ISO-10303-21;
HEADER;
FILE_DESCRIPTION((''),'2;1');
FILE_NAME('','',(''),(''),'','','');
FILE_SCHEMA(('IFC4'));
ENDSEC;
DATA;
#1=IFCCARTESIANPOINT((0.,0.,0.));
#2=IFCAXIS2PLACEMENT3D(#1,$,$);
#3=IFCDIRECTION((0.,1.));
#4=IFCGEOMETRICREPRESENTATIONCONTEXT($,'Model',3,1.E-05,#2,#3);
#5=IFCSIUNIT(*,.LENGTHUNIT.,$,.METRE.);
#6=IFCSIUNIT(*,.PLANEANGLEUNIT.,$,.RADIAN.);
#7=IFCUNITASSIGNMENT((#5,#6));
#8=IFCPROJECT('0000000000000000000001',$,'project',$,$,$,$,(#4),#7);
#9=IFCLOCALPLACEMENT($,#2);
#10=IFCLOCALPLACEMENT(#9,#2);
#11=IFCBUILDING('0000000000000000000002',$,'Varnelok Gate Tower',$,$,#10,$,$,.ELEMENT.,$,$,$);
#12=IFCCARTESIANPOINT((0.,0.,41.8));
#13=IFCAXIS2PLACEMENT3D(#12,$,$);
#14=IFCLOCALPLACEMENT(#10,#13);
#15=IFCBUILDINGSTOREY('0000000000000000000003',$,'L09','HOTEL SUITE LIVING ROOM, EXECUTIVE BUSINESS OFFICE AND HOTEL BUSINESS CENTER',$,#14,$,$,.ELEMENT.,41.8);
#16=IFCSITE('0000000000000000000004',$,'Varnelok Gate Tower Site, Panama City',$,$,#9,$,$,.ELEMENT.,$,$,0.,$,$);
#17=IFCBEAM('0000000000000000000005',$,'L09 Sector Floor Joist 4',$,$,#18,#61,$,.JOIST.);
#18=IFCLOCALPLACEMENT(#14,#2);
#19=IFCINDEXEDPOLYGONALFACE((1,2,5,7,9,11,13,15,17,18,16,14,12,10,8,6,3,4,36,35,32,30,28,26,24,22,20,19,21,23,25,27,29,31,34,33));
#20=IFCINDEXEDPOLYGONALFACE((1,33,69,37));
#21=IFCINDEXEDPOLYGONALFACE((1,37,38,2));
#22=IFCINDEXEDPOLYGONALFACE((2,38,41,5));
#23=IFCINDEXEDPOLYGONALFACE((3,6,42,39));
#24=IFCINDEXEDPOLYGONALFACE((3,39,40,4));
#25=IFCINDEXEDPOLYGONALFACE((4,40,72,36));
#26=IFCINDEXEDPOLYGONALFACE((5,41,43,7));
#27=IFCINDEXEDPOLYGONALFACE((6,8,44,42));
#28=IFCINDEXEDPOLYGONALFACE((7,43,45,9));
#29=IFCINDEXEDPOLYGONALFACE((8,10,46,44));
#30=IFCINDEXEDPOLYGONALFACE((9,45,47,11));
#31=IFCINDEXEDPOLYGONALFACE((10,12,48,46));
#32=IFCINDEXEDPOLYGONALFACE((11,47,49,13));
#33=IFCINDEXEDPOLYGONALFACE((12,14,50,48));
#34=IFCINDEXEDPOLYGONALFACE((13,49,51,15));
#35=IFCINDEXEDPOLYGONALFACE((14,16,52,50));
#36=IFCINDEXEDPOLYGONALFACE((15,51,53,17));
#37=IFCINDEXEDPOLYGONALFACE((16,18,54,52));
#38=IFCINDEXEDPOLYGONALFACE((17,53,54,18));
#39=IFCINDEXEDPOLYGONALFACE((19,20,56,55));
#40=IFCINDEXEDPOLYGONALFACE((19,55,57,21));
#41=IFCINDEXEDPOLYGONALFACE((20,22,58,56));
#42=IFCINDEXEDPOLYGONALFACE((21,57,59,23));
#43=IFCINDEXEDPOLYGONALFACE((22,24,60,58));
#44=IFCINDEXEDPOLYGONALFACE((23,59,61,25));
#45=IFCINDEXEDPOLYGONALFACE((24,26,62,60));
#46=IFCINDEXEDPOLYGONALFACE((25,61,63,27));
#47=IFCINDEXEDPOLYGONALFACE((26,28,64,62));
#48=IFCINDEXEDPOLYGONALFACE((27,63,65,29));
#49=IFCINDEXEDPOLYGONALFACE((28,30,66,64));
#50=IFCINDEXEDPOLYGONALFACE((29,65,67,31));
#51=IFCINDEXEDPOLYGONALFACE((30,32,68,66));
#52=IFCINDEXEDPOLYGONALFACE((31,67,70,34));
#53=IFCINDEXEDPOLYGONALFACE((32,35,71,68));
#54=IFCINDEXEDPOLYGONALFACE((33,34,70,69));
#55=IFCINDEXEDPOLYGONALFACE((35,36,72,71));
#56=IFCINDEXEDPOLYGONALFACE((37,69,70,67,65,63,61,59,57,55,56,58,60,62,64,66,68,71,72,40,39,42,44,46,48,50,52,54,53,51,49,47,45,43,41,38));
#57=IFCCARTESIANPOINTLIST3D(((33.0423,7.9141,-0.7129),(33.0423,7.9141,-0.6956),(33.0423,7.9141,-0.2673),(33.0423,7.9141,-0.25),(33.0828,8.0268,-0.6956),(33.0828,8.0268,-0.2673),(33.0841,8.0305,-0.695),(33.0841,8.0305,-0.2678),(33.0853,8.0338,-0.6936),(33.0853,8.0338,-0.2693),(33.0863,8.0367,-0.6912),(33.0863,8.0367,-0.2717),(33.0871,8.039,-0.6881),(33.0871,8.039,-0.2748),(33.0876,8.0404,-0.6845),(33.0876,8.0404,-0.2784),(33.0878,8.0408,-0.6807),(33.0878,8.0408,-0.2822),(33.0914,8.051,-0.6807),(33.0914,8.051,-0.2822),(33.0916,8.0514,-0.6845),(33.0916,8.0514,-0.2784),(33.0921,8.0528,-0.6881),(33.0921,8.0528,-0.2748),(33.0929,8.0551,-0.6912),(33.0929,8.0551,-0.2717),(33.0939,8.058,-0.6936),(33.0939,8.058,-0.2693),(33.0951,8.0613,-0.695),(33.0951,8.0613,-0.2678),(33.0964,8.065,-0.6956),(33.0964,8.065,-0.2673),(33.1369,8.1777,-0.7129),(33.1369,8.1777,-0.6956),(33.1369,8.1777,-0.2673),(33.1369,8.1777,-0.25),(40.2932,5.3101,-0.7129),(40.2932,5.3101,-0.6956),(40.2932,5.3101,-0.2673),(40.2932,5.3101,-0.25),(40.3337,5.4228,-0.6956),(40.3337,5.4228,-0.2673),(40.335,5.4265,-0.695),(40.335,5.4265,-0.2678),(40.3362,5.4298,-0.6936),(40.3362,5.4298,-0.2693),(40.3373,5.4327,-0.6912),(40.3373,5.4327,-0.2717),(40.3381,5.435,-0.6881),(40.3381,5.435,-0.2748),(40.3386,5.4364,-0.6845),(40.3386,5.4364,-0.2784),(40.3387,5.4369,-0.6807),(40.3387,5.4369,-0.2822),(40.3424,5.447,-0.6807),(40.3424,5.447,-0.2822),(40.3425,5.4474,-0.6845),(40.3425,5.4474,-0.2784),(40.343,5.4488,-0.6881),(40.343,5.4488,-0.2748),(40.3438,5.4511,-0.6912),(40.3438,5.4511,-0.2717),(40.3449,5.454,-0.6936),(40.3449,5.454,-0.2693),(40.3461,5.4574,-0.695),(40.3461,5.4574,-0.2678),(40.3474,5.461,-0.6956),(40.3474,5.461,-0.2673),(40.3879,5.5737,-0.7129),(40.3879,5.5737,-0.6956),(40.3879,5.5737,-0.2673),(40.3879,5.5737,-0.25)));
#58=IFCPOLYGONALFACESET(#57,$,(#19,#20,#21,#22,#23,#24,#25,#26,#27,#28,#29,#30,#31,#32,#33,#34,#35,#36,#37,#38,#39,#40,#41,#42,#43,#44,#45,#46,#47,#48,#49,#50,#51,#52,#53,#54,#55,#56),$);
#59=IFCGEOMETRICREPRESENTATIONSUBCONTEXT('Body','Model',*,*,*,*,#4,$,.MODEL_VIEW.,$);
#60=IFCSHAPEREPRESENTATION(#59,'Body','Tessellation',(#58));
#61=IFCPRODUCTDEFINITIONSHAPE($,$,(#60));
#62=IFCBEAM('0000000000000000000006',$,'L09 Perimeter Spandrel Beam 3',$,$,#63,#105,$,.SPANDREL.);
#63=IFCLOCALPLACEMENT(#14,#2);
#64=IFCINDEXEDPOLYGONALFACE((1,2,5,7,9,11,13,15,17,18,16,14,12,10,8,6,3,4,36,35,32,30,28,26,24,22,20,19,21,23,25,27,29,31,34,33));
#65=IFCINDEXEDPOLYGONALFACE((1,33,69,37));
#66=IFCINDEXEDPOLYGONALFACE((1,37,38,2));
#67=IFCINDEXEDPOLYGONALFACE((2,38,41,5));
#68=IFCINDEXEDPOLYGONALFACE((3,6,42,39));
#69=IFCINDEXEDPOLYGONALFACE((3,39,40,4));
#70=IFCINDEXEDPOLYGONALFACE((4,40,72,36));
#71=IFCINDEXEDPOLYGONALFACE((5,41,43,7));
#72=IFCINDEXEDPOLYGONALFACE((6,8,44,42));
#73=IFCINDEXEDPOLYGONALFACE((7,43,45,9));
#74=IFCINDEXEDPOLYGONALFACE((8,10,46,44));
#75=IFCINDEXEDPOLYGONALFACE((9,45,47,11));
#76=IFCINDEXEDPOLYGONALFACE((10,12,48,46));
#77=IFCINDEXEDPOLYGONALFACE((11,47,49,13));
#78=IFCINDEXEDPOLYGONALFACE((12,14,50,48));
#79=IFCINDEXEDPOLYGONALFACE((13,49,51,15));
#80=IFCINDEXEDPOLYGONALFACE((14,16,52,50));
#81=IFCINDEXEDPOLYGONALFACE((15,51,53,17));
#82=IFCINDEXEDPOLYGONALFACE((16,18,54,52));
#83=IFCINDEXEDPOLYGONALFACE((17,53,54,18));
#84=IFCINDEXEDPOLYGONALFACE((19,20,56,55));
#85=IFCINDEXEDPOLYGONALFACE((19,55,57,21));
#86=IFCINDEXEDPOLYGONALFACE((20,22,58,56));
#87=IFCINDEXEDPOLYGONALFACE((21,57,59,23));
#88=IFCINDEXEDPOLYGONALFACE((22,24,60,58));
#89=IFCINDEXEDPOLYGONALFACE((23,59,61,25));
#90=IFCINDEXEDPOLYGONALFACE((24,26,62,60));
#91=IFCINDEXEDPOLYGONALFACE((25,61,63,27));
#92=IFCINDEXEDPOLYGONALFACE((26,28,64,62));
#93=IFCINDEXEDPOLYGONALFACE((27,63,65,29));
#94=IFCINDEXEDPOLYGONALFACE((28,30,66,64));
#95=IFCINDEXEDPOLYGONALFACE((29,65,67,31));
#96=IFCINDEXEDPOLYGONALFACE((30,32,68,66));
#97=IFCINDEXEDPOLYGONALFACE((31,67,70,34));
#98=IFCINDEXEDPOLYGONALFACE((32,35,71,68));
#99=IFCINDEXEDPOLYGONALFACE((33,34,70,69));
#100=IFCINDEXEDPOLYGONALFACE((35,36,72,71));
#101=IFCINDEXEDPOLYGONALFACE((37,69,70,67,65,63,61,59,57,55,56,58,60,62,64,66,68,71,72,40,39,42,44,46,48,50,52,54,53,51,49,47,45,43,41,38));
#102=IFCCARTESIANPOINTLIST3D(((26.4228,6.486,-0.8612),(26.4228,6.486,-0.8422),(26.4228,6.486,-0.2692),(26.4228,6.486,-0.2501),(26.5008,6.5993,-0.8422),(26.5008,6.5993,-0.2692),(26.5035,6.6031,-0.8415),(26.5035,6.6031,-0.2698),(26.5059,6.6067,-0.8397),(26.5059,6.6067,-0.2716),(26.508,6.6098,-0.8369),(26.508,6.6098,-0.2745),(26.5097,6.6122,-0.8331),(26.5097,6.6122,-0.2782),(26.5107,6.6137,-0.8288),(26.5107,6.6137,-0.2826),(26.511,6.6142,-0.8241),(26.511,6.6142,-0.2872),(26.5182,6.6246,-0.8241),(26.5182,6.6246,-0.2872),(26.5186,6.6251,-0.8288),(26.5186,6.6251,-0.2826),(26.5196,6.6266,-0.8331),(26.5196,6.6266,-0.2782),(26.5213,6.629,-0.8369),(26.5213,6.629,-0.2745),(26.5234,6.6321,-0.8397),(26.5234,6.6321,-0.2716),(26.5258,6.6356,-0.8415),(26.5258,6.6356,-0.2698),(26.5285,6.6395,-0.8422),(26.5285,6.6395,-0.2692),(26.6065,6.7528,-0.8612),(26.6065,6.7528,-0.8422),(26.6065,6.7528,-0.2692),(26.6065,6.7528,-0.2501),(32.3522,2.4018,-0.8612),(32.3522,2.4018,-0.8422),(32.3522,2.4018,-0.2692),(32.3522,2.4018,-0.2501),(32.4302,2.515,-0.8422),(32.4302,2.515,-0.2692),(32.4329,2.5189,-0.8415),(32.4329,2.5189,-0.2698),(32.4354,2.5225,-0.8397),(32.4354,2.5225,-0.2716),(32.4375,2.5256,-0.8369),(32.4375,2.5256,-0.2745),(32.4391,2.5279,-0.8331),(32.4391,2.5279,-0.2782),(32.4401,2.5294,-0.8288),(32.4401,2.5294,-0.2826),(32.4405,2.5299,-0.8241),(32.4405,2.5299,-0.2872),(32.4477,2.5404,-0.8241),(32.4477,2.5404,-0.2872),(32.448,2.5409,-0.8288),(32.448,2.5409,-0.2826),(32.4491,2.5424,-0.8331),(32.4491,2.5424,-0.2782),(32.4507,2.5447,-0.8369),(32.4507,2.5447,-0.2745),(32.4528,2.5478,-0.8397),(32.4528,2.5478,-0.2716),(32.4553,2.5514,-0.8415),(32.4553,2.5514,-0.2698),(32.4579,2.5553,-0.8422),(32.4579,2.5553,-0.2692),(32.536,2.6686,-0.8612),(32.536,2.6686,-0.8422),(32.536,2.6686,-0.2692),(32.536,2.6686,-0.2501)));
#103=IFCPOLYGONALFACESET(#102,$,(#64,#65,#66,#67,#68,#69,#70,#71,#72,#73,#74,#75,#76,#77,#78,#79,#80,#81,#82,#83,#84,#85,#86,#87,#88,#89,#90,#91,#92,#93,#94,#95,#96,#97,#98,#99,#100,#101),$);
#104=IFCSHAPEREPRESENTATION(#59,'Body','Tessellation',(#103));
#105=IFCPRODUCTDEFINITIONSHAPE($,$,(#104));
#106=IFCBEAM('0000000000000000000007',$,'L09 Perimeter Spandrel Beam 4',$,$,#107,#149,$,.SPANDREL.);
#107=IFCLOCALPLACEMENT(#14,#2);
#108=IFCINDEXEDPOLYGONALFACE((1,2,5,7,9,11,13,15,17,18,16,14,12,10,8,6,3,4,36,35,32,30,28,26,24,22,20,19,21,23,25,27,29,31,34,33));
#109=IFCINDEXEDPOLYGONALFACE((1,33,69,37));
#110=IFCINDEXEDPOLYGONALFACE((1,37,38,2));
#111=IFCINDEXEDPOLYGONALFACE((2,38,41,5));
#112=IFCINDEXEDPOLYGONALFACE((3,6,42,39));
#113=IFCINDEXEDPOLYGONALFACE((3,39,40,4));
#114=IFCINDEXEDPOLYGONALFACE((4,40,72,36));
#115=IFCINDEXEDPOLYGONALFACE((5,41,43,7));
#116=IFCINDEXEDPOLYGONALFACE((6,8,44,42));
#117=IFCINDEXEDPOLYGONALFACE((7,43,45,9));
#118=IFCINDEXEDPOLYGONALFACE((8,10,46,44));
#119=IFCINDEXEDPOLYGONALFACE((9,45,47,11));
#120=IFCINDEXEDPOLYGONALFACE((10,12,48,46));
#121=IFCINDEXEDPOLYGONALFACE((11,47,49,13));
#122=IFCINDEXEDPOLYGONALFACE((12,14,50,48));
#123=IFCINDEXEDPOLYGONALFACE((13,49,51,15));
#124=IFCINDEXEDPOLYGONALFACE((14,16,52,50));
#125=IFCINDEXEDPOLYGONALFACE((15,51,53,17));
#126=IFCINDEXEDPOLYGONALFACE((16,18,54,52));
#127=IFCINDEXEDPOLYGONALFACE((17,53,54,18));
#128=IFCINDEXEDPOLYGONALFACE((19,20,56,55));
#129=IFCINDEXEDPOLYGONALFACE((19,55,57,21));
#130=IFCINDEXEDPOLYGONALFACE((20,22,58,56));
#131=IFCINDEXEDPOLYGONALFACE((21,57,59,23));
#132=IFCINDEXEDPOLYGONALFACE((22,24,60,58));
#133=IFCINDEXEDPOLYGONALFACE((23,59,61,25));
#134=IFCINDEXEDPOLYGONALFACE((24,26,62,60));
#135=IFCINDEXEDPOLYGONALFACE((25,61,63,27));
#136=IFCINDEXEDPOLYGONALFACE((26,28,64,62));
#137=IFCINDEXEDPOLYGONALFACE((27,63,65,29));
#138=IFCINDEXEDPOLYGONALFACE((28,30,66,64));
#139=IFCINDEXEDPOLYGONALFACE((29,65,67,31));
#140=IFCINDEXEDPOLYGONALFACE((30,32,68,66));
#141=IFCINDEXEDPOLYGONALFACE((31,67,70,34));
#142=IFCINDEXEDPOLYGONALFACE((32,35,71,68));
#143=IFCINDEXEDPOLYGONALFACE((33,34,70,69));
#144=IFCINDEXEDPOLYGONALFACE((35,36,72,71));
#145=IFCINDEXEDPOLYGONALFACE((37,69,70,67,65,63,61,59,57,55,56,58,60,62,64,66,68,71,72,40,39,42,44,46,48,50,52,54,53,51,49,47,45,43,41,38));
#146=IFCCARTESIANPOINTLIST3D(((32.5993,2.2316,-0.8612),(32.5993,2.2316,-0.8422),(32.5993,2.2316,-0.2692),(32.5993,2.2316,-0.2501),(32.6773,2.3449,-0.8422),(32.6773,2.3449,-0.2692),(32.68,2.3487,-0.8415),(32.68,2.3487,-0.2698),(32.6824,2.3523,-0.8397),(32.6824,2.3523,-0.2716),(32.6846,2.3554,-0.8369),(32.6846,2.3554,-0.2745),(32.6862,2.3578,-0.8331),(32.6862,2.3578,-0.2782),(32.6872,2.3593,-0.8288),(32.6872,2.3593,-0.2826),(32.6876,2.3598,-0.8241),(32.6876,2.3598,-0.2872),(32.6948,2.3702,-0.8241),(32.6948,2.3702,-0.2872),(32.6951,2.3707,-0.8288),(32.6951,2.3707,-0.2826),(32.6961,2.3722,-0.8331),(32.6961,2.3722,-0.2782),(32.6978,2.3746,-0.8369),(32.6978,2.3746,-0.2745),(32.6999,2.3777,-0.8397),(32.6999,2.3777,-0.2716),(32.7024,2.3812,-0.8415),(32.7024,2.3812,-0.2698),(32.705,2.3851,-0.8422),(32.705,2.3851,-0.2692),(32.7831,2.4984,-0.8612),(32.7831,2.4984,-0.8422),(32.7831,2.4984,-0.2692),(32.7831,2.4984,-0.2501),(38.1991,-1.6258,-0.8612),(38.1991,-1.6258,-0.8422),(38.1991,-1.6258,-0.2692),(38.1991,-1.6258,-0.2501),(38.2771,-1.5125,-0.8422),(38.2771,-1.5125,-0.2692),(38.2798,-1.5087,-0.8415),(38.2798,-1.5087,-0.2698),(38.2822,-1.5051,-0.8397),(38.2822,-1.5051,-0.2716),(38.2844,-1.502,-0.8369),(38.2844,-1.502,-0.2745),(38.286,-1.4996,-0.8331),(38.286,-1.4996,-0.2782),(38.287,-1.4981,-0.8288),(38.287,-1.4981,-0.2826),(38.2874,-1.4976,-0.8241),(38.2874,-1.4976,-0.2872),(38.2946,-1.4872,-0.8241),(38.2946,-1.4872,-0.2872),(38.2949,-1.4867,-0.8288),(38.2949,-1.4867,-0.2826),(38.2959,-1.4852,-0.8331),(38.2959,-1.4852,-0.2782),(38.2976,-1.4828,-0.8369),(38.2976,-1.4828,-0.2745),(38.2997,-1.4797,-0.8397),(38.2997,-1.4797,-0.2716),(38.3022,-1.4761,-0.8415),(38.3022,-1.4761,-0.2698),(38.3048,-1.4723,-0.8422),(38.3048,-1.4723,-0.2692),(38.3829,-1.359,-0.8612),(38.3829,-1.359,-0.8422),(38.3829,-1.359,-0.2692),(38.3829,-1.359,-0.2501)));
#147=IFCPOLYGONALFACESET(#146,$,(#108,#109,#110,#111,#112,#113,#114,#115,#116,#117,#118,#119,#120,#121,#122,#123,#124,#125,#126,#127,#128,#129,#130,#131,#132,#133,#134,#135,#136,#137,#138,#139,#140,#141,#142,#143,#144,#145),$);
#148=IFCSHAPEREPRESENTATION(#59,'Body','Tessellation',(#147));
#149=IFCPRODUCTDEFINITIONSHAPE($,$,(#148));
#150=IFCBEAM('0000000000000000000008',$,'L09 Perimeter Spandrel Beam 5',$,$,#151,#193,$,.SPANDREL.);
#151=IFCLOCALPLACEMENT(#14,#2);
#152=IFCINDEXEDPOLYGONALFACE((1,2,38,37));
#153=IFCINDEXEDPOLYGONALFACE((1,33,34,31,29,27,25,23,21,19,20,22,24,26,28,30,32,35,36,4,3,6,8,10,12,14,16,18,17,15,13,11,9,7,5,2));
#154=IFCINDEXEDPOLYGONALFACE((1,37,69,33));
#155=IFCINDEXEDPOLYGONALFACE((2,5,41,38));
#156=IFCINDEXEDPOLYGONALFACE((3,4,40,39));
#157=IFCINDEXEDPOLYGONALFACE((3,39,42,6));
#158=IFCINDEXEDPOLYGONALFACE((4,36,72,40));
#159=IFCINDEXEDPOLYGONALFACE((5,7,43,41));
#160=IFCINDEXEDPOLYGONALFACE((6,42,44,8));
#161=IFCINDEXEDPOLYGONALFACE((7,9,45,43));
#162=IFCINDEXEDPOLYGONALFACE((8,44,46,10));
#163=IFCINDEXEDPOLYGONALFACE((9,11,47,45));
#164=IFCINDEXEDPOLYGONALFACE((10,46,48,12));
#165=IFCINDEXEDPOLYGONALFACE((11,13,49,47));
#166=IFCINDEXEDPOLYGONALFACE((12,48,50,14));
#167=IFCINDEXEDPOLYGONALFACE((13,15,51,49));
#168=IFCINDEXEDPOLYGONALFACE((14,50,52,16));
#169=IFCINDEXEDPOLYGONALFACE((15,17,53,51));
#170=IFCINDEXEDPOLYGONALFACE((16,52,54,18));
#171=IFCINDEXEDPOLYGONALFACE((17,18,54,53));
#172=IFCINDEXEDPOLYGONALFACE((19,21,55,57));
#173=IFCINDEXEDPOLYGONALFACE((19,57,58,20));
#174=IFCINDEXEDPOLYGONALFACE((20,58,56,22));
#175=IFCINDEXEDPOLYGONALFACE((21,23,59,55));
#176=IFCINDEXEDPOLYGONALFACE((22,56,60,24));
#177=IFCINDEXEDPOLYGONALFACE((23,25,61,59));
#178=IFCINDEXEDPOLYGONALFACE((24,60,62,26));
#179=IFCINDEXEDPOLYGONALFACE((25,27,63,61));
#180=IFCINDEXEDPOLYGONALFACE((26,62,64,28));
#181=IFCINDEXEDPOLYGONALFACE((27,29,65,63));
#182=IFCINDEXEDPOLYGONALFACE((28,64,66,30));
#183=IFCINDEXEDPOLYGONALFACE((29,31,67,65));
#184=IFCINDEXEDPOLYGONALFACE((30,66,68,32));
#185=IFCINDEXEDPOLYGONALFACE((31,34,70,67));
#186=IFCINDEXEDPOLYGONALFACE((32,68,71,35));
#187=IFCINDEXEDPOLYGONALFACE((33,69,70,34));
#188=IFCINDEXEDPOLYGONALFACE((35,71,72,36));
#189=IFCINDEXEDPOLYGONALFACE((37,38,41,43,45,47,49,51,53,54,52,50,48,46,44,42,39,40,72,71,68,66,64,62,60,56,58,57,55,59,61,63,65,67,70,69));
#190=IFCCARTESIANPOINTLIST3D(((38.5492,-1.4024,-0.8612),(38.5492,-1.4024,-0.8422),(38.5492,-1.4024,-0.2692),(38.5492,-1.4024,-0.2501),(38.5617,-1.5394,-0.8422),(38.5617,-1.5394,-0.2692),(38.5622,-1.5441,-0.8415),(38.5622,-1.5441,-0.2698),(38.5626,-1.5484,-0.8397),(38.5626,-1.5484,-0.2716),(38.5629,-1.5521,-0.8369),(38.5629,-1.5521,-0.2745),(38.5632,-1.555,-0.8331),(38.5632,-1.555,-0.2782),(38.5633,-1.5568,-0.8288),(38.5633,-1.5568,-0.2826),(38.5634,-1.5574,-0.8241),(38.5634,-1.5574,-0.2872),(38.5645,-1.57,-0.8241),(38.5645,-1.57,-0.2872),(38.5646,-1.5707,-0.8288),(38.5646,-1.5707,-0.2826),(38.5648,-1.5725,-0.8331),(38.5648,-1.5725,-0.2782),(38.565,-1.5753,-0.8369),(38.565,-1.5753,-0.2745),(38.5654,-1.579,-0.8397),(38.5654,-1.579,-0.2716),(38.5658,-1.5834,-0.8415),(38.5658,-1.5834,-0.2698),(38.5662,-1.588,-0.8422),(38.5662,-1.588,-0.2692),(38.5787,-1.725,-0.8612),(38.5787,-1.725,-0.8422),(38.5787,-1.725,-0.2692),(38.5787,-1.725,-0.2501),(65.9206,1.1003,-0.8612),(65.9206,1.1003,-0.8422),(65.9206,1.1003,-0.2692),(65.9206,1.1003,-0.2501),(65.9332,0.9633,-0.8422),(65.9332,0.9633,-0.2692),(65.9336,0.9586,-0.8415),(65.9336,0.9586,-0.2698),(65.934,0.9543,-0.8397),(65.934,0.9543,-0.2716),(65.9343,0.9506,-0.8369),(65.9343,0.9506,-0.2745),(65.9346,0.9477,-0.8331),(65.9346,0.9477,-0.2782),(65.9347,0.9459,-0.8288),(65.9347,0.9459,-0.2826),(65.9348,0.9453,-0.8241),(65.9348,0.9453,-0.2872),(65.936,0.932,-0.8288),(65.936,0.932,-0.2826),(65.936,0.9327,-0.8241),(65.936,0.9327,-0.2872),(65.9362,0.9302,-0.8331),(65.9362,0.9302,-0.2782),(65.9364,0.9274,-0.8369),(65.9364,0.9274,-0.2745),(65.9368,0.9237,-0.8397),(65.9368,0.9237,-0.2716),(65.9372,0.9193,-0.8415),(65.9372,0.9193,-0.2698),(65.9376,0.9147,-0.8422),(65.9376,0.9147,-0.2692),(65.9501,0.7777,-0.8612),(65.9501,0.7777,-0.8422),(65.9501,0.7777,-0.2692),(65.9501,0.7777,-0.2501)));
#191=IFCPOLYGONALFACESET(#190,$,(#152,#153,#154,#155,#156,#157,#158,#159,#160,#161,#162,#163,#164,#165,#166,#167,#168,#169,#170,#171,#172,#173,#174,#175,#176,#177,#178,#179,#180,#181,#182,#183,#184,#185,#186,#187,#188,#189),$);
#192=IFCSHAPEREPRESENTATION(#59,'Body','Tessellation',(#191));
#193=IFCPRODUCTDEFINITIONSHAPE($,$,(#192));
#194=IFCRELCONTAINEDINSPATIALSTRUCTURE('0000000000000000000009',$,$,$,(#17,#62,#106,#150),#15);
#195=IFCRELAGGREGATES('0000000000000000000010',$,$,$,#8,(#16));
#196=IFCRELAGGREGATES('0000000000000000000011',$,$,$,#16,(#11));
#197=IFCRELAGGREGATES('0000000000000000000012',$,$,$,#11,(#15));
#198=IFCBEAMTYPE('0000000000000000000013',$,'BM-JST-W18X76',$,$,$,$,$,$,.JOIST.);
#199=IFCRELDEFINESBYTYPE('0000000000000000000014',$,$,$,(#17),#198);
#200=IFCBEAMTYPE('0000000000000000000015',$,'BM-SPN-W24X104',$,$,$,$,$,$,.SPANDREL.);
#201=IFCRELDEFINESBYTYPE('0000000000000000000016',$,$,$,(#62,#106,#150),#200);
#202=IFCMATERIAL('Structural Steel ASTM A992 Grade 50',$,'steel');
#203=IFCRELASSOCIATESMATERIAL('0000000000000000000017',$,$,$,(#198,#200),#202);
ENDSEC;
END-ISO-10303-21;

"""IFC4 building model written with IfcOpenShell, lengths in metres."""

from ifc_helpers import new_model, si_unit, direction, frame, origin, origin_2d, place, context, subcontext, project, spatial, i_section, extrude, material, material_profile, profile_set, type_object, element, save


model = new_model("IFC4")

# Units and contexts
model_context = context("Model", 3, precision=1e-05, world=origin(), true_north=direction((0.0, 1.0)))
body_context = subcontext(model_context, "Body", "Model", "MODEL_VIEW")
ifc_project = project(units=[si_unit("LENGTHUNIT", "METRE"), si_unit("PLANEANGLEUNIT", "RADIAN")], contexts=[model_context])

# Site, building, storey
site_placement = place(None, origin())
site = spatial("IfcSite", under=ifc_project, at=site_placement, Name="Varnelok Gate Tower Site, Panama City", CompositionType="ELEMENT", RefElevation=0.0)
building_placement = place(site_placement, origin())
building = spatial("IfcBuilding", under=site, at=building_placement, Name="Varnelok Gate Tower", CompositionType="ELEMENT")
storey_placement = place(building_placement, frame((0.0, 0.0, 41.8)))
storey = spatial("IfcBuildingStorey", under=building, at=storey_placement, Name="L09", Description="HOTEL SUITE LIVING ROOM, EXECUTIVE BUSINESS OFFICE AND HOTEL BUSINESS CENTER", CompositionType="ELEMENT", Elevation=41.8)

# Shared definitions
ifc_material_1 = material(Name="Structural Steel ASTM A992 Grade 50", Category="steel")

# Beams
ifc_material_profile_1 = material_profile(ifc_material_1, i_section(OverallWidth=0.28, OverallDepth=0.4629, WebThickness=0.0107, FlangeThickness=0.0173, FilletRadius=0.0149, at=origin_2d()), Name="W18X76")
ifc_profile_set_1 = profile_set([ifc_material_profile_1], Name="Structural Steel ASTM A992 Grade 50")
beam_type_1 = type_object("IfcBeamType", Name="BM-JST-W18X76", PredefinedType="JOIST", material=ifc_profile_set_1)
beam_1_placement = place(storey_placement, frame((33.0896, 8.0459, -0.4814), z_axis=(0.94115, -0.33799, 0.0), x_axis=(0.33799, 0.94115, 0.0)))
element("IfcBeam", 1, at=beam_1_placement, inside=storey, type_object=beam_type_1, Name="L09 Sector Floor Joist 4", PredefinedType="JOIST", context=body_context, shape_type="SweptSolid", body=[
    extrude(i_section(OverallWidth=0.28, OverallDepth=0.4629, WebThickness=0.0107, FlangeThickness=0.0173, FilletRadius=0.0149, at=origin_2d()), origin(), (0.0, 0.0, 1.0), 7.7043),
])
ifc_material_profile_2 = material_profile(ifc_material_1, i_section(OverallWidth=0.324, OverallDepth=0.6111, WebThickness=0.0127, FlangeThickness=0.019, FilletRadius=0.0181, at=origin_2d()), Name="W24X104")
ifc_profile_set_2 = profile_set([ifc_material_profile_2], Name="Structural Steel ASTM A992 Grade 50")
beam_type_2 = type_object("IfcBeamType", Name="BM-SPN-W24X104", PredefinedType="SPANDREL", material=ifc_profile_set_2)
beam_2_placement = place(storey_placement, frame((26.5146, 6.6194, -0.5557), z_axis=(0.82354, -0.567258, 0.0), x_axis=(0.567258, 0.82354, 0.0)))
element("IfcBeam", 2, at=beam_2_placement, inside=storey, type_object=beam_type_2, Name="L09 Perimeter Spandrel Beam 3", PredefinedType="SPANDREL", context=body_context, shape_type="SweptSolid", body=[
    extrude(i_section(OverallWidth=0.324, OverallDepth=0.6111, WebThickness=0.0127, FlangeThickness=0.019, FilletRadius=0.0181, at=origin_2d()), origin(), (0.0, 0.0, 1.0), 7.2),
])
beam_3_placement = place(storey_placement, frame((32.6912, 2.365, -0.5557), z_axis=(0.823525, -0.56728, 0.0), x_axis=(0.56728, 0.823525, 0.0)))
element("IfcBeam", 3, at=beam_3_placement, inside=storey, type_object=beam_type_2, Name="L09 Perimeter Spandrel Beam 4", PredefinedType="SPANDREL", context=body_context, shape_type="SweptSolid", body=[
    extrude(i_section(OverallWidth=0.324, OverallDepth=0.6111, WebThickness=0.0127, FlangeThickness=0.019, FilletRadius=0.0181, at=origin_2d()), origin(), (0.0, 0.0, 1.0), 6.7998),
])
beam_4_placement = place(storey_placement, frame((38.564, -1.5637, -0.5557), z_axis=(0.995846, 0.091055, 0.0), x_axis=(-0.091055, 0.995846, 0.0)))
element("IfcBeam", 4, at=beam_4_placement, inside=storey, type_object=beam_type_2, Name="L09 Perimeter Spandrel Beam 5", PredefinedType="SPANDREL", context=body_context, shape_type="SweptSolid", body=[
    extrude(i_section(OverallWidth=0.324, OverallDepth=0.6111, WebThickness=0.0127, FlangeThickness=0.019, FilletRadius=0.0181, at=origin_2d()), origin(), (0.0, 0.0, 1.0), 27.4856),
])

save(model, "model.ifc")
